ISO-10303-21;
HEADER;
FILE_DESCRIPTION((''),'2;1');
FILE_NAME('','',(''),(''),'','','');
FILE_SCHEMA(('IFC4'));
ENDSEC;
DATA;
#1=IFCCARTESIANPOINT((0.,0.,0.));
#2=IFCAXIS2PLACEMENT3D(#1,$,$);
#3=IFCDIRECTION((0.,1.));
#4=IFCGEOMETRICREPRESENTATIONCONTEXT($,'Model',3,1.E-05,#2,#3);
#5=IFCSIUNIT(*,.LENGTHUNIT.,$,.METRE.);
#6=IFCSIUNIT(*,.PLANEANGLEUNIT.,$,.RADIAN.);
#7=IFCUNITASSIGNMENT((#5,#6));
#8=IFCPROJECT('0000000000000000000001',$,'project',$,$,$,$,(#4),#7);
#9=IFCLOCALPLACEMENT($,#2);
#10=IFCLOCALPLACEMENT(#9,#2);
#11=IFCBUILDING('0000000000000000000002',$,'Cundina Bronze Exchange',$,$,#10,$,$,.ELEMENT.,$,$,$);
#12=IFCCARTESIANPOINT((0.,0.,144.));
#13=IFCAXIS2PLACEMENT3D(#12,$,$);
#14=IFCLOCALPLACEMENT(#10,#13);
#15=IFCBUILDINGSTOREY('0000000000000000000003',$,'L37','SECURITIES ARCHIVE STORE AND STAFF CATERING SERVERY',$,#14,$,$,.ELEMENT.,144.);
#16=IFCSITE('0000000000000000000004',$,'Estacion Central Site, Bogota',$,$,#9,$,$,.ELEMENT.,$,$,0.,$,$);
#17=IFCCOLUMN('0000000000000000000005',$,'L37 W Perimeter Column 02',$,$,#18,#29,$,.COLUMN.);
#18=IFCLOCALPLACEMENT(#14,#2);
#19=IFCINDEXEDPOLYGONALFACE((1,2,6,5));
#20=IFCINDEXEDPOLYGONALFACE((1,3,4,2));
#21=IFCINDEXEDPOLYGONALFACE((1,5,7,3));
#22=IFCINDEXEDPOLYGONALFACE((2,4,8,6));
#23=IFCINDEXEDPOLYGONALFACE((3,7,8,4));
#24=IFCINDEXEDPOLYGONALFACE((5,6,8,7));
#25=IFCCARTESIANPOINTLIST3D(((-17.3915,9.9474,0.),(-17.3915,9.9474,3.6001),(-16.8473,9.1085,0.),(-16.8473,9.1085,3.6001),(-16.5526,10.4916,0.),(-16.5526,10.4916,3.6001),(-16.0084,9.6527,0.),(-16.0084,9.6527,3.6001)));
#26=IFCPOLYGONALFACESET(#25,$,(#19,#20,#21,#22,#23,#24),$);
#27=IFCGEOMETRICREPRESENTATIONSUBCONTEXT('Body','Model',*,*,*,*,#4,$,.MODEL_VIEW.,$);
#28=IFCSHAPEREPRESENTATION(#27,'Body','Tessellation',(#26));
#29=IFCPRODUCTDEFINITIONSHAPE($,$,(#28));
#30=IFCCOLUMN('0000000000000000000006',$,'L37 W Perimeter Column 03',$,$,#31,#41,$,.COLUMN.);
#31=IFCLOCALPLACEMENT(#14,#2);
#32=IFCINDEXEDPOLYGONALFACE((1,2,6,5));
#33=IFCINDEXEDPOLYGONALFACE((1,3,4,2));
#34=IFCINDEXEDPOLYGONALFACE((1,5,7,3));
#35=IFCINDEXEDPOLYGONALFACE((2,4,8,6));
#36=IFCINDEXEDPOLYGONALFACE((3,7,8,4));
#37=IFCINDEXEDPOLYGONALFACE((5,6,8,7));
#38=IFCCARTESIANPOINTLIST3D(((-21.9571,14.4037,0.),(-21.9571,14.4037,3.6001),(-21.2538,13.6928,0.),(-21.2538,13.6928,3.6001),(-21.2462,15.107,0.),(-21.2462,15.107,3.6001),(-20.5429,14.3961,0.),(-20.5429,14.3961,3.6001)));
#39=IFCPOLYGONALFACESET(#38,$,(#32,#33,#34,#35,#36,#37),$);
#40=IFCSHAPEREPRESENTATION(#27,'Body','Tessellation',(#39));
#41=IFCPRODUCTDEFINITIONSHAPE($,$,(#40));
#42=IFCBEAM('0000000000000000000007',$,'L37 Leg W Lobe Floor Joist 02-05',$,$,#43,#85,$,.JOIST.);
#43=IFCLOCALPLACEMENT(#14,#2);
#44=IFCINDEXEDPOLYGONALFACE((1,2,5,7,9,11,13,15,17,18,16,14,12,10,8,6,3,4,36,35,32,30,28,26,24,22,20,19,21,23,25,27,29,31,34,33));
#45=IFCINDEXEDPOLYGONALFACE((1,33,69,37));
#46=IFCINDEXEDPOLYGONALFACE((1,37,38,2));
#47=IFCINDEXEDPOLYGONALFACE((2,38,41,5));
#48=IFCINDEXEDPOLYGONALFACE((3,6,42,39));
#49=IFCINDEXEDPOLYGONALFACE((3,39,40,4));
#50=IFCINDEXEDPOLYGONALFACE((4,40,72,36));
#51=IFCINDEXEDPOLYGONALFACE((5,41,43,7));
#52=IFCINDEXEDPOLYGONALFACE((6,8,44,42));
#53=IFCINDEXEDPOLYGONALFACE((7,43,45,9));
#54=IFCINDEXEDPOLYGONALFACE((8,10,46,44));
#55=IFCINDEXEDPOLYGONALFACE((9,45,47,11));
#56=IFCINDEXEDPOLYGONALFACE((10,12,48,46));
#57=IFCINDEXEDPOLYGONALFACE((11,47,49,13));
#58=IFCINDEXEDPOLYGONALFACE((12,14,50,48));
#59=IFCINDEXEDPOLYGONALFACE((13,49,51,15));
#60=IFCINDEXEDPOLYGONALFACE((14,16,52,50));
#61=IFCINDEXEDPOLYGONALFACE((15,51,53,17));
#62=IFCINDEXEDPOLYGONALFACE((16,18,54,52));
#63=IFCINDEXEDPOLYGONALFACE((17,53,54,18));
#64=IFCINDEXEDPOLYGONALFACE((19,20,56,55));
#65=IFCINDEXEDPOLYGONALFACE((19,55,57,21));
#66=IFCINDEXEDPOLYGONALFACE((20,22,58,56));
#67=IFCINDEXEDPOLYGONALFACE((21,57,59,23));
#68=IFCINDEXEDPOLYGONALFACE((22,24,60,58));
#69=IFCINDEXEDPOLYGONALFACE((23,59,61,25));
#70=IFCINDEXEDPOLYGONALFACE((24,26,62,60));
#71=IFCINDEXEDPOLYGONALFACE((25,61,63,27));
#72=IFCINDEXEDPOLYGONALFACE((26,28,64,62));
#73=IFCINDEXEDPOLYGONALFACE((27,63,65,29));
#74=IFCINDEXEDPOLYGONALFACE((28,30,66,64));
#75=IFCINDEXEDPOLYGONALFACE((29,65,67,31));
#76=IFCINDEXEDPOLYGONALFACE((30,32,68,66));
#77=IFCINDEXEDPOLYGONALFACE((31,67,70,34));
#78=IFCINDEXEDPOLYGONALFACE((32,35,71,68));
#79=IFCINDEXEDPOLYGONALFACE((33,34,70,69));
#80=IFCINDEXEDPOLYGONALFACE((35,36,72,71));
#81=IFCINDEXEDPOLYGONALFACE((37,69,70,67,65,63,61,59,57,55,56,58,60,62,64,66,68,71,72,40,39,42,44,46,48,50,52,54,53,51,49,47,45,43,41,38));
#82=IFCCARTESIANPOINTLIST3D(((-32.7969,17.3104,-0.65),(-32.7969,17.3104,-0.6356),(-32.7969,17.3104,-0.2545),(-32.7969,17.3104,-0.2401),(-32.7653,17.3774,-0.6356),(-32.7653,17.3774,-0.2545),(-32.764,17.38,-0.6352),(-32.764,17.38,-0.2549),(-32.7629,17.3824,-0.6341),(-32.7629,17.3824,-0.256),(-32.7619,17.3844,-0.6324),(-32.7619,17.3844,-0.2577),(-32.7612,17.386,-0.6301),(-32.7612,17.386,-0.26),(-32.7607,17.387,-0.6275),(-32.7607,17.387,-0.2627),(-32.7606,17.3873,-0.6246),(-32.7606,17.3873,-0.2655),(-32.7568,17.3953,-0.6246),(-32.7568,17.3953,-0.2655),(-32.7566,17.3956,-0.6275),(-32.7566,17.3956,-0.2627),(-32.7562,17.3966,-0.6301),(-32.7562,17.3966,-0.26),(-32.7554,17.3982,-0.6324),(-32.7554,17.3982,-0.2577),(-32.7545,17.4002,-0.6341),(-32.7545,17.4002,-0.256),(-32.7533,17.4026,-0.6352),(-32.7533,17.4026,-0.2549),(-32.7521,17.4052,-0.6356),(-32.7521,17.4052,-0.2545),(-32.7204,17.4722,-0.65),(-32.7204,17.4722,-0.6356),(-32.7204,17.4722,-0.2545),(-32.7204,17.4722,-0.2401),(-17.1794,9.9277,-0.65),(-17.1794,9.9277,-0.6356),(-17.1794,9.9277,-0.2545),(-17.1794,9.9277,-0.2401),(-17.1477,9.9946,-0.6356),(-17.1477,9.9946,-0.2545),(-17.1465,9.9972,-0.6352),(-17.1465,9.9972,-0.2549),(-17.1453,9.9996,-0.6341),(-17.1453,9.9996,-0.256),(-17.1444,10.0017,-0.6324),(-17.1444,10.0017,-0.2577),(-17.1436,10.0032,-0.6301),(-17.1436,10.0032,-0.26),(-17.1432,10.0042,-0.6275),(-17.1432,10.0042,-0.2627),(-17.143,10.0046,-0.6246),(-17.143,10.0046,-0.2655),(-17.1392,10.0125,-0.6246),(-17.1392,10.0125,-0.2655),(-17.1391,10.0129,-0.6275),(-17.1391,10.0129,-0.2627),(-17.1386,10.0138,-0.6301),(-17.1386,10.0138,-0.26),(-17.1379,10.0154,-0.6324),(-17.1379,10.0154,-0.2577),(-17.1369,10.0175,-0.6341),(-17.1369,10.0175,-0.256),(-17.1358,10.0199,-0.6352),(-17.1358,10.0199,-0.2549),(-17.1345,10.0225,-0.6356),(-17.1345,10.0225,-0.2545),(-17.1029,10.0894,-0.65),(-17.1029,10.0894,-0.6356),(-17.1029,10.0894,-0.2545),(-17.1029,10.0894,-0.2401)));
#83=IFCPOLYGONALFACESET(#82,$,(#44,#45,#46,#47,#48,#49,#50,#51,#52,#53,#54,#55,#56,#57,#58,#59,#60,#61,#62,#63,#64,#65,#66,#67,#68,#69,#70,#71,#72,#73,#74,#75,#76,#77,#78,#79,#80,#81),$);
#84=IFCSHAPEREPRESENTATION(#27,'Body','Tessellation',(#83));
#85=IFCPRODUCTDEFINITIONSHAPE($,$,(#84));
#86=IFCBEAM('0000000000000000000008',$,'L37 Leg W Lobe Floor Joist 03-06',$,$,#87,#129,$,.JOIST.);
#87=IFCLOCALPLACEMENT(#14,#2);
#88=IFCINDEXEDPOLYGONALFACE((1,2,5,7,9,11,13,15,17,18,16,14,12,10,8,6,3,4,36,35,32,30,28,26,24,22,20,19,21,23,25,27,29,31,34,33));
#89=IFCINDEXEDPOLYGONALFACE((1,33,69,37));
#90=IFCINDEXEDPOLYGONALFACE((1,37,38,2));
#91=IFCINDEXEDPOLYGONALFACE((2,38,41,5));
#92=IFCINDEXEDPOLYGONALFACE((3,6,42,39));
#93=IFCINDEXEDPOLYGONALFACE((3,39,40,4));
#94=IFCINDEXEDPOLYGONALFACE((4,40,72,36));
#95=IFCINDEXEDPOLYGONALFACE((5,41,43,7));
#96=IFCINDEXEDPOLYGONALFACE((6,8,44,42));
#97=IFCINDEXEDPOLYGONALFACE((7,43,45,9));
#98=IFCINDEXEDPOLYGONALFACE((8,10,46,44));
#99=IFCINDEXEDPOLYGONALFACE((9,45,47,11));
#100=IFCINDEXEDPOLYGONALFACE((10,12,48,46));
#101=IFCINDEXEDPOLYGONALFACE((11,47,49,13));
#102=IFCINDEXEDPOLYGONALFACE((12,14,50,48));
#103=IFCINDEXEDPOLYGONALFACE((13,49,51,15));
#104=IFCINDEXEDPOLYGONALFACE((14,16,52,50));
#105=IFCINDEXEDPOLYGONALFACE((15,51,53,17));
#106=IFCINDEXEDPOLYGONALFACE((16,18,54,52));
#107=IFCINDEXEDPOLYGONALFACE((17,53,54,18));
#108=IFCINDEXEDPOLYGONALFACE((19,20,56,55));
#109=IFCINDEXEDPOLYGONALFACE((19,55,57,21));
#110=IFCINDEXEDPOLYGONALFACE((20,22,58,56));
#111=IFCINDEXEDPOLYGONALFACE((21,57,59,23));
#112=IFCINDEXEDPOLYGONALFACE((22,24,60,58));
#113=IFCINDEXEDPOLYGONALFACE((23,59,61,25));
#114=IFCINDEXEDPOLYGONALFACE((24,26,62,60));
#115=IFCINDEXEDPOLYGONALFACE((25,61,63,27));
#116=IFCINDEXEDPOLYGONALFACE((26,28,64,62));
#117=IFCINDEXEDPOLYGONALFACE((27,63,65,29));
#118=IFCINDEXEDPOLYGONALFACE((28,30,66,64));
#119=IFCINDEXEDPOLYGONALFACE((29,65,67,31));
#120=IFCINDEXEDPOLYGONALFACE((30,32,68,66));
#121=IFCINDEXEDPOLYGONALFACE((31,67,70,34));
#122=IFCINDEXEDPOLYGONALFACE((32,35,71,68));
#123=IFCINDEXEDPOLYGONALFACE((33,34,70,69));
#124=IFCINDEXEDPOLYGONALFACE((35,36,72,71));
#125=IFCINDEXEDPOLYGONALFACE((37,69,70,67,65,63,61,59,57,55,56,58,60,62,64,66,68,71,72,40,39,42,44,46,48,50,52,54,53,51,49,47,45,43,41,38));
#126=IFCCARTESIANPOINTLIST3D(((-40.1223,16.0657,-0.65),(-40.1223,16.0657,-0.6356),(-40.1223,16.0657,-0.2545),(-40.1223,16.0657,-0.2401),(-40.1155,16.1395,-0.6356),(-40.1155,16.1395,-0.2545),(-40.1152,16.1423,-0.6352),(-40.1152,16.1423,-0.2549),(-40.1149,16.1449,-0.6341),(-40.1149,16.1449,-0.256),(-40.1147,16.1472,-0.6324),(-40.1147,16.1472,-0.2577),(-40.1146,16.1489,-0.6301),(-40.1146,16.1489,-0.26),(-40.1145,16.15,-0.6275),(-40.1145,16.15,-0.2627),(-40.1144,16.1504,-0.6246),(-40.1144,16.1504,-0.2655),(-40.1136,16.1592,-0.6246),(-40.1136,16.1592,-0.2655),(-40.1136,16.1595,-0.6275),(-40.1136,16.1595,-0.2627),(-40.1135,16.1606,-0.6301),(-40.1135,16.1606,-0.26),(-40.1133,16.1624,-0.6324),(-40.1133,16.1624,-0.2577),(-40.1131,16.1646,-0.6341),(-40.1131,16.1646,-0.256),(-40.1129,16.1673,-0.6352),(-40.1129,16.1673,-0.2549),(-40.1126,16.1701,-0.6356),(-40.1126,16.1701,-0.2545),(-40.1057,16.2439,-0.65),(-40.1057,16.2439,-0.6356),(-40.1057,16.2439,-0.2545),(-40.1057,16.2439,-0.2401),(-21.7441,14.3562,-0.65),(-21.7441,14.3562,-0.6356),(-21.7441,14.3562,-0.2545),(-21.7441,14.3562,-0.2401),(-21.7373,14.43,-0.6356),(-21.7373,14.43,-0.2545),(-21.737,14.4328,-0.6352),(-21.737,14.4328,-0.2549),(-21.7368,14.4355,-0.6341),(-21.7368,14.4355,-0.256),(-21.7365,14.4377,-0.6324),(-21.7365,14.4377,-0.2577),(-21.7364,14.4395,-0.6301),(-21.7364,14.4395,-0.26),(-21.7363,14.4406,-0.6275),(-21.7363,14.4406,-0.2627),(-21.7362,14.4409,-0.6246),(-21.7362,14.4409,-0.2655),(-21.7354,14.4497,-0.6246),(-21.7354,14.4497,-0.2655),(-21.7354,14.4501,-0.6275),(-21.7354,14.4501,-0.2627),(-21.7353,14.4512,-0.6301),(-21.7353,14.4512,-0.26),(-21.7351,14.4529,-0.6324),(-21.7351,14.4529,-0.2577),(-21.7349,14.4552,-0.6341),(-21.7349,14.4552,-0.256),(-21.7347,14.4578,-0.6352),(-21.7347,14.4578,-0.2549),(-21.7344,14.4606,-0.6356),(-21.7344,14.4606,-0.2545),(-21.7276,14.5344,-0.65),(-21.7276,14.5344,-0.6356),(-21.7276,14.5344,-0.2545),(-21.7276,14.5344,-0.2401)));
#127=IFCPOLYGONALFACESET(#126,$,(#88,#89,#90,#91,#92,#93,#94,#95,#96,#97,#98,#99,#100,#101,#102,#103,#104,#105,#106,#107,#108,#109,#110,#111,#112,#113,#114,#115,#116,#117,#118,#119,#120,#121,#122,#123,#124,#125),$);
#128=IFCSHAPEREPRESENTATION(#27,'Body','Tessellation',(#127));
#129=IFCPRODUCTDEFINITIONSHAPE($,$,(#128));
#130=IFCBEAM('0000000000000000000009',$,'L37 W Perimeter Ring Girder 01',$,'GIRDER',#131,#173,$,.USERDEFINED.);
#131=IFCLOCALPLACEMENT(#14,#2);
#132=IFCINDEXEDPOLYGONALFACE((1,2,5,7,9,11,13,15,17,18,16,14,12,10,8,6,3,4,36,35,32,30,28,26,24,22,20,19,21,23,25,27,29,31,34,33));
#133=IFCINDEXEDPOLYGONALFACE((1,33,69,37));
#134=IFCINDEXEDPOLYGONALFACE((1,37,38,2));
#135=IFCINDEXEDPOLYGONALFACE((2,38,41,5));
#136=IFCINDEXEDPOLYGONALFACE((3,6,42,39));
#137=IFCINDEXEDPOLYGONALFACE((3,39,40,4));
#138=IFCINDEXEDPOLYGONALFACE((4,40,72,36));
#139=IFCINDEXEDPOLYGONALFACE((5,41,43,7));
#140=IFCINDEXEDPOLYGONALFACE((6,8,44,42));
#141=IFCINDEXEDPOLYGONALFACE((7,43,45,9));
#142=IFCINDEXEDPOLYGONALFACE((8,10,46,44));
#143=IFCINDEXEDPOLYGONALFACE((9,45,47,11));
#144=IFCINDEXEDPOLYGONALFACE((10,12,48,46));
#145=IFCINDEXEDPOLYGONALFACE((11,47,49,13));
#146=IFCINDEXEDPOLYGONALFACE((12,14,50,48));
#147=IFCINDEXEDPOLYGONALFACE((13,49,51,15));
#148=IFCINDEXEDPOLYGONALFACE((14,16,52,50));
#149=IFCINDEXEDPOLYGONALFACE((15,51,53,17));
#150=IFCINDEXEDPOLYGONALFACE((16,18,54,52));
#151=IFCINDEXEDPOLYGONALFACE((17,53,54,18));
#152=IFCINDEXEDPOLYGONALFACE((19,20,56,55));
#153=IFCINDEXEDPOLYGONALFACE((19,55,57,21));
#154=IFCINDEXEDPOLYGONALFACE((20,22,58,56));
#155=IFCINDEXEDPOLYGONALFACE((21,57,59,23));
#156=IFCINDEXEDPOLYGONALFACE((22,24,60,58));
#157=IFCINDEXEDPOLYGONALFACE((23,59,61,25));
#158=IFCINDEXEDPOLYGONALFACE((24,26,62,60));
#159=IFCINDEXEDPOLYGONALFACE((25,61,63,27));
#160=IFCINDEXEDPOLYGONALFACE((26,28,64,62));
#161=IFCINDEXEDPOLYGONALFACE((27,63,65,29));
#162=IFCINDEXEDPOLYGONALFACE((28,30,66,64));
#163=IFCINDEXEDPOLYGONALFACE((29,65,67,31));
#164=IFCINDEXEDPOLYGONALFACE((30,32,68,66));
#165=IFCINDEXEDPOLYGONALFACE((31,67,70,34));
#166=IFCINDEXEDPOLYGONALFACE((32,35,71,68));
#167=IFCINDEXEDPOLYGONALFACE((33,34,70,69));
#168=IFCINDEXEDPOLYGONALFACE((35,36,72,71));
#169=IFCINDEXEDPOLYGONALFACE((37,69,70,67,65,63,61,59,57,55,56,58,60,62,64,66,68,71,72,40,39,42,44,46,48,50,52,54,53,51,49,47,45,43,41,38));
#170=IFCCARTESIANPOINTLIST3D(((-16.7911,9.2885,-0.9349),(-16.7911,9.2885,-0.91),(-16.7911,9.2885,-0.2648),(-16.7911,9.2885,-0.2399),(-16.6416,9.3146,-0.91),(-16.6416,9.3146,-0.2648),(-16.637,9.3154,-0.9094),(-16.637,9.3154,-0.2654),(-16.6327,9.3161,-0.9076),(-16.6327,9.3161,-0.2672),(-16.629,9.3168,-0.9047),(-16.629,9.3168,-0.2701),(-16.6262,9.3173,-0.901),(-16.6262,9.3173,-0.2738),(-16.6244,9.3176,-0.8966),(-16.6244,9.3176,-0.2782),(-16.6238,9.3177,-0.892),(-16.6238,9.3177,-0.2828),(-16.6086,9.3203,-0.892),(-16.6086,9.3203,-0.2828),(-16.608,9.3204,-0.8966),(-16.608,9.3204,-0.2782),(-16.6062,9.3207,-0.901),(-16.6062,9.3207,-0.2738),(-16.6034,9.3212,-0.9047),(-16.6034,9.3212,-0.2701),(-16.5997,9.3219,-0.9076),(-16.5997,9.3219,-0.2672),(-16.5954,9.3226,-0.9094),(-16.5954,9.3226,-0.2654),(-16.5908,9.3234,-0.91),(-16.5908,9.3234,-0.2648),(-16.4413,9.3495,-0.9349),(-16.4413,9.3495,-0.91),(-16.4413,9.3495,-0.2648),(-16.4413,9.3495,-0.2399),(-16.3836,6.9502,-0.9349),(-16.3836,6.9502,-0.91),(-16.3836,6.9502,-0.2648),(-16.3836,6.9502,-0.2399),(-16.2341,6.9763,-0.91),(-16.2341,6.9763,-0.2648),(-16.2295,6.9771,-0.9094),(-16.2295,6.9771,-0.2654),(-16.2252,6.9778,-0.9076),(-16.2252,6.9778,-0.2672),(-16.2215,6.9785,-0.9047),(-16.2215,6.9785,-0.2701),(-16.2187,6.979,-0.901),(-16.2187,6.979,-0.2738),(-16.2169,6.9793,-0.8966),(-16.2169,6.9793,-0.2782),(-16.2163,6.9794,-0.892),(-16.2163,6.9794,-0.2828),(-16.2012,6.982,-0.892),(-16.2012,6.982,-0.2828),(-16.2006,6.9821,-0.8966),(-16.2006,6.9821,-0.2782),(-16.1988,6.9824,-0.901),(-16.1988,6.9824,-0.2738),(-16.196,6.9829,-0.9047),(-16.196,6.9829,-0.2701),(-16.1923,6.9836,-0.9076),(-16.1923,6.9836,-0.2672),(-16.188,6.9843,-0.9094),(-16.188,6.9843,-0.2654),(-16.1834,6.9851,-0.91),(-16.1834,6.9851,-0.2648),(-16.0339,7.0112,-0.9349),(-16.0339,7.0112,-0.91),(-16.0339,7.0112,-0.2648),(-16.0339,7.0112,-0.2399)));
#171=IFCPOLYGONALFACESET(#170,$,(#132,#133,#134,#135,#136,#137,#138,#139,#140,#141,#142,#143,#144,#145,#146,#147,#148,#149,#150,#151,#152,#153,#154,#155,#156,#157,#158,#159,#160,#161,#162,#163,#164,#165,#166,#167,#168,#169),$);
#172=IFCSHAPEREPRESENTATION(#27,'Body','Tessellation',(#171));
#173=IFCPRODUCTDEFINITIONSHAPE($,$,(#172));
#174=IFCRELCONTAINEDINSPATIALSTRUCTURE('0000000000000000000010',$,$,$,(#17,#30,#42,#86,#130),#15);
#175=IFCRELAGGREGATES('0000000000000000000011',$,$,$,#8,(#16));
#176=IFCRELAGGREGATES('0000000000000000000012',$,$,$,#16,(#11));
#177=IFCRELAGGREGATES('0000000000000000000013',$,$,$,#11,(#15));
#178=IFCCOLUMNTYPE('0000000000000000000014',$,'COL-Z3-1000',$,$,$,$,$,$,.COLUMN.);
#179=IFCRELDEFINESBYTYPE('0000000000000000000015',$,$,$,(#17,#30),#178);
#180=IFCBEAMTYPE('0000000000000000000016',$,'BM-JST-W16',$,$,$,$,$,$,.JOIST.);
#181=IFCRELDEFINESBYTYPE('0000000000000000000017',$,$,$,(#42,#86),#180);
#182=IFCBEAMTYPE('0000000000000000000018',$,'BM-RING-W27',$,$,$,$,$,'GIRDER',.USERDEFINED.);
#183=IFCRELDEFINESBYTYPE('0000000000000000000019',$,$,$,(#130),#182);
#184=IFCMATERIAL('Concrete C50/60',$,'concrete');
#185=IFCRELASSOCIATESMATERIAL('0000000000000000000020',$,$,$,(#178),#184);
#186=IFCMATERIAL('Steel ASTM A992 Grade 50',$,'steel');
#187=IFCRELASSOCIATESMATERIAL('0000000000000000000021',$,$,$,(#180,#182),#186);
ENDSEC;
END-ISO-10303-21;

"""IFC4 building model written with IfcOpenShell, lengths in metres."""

from ifc_helpers import new_model, si_unit, direction, frame, origin, origin_2d, place, context, subcontext, project, spatial, rectangle, i_section, extrude, material, material_profile, profile_set, type_object, element, save


model = new_model("IFC4")

# Units and contexts
model_context = context("Model", 3, precision=1e-05, world=origin(), true_north=direction((0.0, 1.0)))
body_context = subcontext(model_context, "Body", "Model", "MODEL_VIEW")
ifc_project = project(units=[si_unit("LENGTHUNIT", "METRE"), si_unit("PLANEANGLEUNIT", "RADIAN")], contexts=[model_context])

# Site, building, storey
site_placement = place(None, origin())
site = spatial("IfcSite", under=ifc_project, at=site_placement, Name="Estacion Central Site, Bogota", CompositionType="ELEMENT", RefElevation=0.0)
building_placement = place(site_placement, origin())
building = spatial("IfcBuilding", under=site, at=building_placement, Name="Cundina Bronze Exchange", CompositionType="ELEMENT")
storey_placement = place(building_placement, frame((0.0, 0.0, 144.0)))
storey = spatial("IfcBuildingStorey", under=building, at=storey_placement, Name="L37", Description="SECURITIES ARCHIVE STORE AND STAFF CATERING SERVERY", CompositionType="ELEMENT", Elevation=144.0)

# Columns
ifc_material_1 = material(Name="Concrete C50/60", Category="concrete")
ifc_material_profile_1 = material_profile(ifc_material_1, rectangle(XDim=1.0, YDim=1.0, at=origin_2d()), Name="RC1000X1000", Category="concrete")
ifc_profile_set_1 = profile_set([ifc_material_profile_1], Name="Concrete C50/60")
column_type = type_object("IfcColumnType", Name="COL-Z3-1000", PredefinedType="COLUMN", material=ifc_profile_set_1)
for number, where, z_axis, x_axis, name in (
    (1, (-16.7, 9.8, 0.0), (0.0, 0.0, 1.0), (-0.5442, 0.838956, 0.0), "L37 W Perimeter Column 02"),
    (2, (-21.25, 14.3999, 0.0), (0.0, 0.0, 1.0), (-0.703271, 0.710922, 0.0), "L37 W Perimeter Column 03"),
):
    element("IfcColumn", number, at=place(storey_placement, frame(where, z_axis=z_axis, x_axis=x_axis)), inside=storey, type_object=column_type, Name=name, PredefinedType="COLUMN", context=body_context, shape_type="SweptSolid", body=[
        extrude(rectangle(XDim=1.0, YDim=1.0, at=origin_2d()), origin(), (0.0, 0.0, 1.0), 3.6001),
    ])

# Beams
ifc_material_2 = material(Name="Steel ASTM A992 Grade 50", Category="steel")
ifc_material_profile_2 = material_profile(ifc_material_2, i_section(OverallWidth=0.179, OverallDepth=0.4099, WebThickness=0.0088, FlangeThickness=0.0144, FilletRadius=0.011, at=origin_2d()), Name="W16X45", Category="steel")
ifc_profile_set_2 = profile_set([ifc_material_profile_2], Name="Steel ASTM A992 Grade 50")
beam_type_1 = type_object("IfcBeamType", Name="BM-JST-W16", PredefinedType="JOIST", material=ifc_profile_set_2)
beam_1_placement = place(storey_placement, frame((-17.1411, 10.0085, -0.4451), z_axis=(-0.904074, 0.427375, 0.0), x_axis=(-0.427375, -0.904074, 0.0)))
element("IfcBeam", 3, at=beam_1_placement, inside=storey, type_object=beam_type_1, Name="L37 Leg W Lobe Floor Joist 02-05", PredefinedType="JOIST", context=body_context, shape_type="SweptSolid", body=[
    extrude(i_section(OverallWidth=0.179, OverallDepth=0.4099, WebThickness=0.0088, FlangeThickness=0.0144, FilletRadius=0.011, at=origin_2d()), origin(), (0.0, 0.0, 1.0), 17.2747),
])
beam_2_placement = place(storey_placement, frame((-21.7358, 14.4453, -0.4451), z_axis=(-0.995702, 0.092617, 0.0), x_axis=(-0.092617, -0.995702, 0.0)))
element("IfcBeam", 4, at=beam_2_placement, inside=storey, type_object=beam_type_1, Name="L37 Leg W Lobe Floor Joist 03-06", PredefinedType="JOIST", context=body_context, shape_type="SweptSolid", body=[
    extrude(i_section(OverallWidth=0.179, OverallDepth=0.4099, WebThickness=0.0088, FlangeThickness=0.0144, FilletRadius=0.011, at=origin_2d()), origin(), (0.0, 0.0, 1.0), 18.4575),
])
ifc_material_profile_3 = material_profile(ifc_material_2, i_section(OverallWidth=0.355, OverallDepth=0.6951, WebThickness=0.0154, FlangeThickness=0.0249, FilletRadius=0.0181, at=origin_2d()), Name="W27X146", Category="steel")
ifc_profile_set_3 = profile_set([ifc_material_profile_3], Name="Steel ASTM A992 Grade 50")
beam_type_2 = type_object("IfcBeamType", Name="BM-RING-W27", ElementType="GIRDER", PredefinedType="USERDEFINED", material=ifc_profile_set_3)
beam_3_placement = place(storey_placement, frame((-16.2087, 6.9807, -0.5874), z_axis=(-0.171667, 0.985155, 0.0), x_axis=(-0.985155, -0.171667, 0.0)))
element("IfcBeam", 5, at=beam_3_placement, inside=storey, type_object=beam_type_2, Name="L37 W Perimeter Ring Girder 01", ObjectType="GIRDER", PredefinedType="USERDEFINED", context=body_context, shape_type="SweptSolid", body=[
    extrude(i_section(OverallWidth=0.355, OverallDepth=0.6951, WebThickness=0.0154, FlangeThickness=0.0249, FilletRadius=0.0181, at=origin_2d()), origin(), (0.0, 0.0, 1.0), 2.3735),
])

save(model, "model.ifc")
